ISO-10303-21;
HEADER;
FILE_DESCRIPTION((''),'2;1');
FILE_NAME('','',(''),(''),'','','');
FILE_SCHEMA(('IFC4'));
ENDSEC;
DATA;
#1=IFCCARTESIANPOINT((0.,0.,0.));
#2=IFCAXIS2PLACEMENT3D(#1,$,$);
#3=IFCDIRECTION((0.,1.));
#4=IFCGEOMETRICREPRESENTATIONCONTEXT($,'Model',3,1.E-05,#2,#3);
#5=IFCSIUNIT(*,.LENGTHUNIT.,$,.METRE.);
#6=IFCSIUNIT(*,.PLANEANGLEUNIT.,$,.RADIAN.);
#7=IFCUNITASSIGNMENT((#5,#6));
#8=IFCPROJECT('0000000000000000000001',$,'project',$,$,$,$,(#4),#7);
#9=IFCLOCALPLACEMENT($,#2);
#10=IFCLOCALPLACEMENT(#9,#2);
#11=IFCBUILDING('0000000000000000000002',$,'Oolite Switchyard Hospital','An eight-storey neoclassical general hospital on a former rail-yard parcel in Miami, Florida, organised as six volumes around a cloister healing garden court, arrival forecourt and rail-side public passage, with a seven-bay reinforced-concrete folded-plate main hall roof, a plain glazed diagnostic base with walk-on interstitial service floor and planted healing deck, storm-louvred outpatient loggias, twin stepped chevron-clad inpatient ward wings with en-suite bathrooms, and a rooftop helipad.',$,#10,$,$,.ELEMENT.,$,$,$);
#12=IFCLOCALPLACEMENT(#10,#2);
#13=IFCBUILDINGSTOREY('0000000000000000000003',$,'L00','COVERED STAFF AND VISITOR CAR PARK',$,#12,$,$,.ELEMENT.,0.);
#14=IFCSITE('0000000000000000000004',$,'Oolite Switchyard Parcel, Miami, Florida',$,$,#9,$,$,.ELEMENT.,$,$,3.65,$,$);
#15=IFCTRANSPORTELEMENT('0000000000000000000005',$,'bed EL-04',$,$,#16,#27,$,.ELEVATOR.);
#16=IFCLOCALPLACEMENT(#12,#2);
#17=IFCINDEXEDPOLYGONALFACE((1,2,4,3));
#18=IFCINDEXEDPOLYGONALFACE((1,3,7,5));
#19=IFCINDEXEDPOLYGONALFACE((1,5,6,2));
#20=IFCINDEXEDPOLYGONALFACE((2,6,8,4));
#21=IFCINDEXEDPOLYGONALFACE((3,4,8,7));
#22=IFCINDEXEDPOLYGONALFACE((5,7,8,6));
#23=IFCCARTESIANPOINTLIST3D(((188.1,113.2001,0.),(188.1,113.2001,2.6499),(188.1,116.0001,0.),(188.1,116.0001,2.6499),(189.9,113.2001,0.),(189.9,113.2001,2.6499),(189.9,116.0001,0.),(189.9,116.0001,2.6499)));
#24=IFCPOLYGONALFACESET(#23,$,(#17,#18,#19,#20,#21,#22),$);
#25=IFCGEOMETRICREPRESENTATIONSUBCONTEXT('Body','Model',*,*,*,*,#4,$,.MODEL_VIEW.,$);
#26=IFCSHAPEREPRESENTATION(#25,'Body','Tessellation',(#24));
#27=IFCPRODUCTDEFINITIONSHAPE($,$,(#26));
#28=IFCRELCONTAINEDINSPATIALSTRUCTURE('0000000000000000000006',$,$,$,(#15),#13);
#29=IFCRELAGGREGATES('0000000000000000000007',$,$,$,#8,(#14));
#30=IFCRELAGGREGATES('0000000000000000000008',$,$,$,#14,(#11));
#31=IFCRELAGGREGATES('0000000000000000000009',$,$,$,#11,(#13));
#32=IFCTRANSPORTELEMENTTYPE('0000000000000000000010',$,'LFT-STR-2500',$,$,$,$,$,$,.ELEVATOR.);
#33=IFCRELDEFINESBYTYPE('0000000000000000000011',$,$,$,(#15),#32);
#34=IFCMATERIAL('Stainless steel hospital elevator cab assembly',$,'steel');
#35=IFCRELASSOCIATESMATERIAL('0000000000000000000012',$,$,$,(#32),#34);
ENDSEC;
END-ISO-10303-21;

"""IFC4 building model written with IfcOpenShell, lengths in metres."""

from ifc_helpers import new_model, si_unit, direction, frame, origin, origin_2d, place, context, subcontext, project, spatial, rectangle, extrude, material, type_object, element, save


model = new_model("IFC4")

# Units and contexts
model_context = context("Model", 3, precision=1e-05, world=origin(), true_north=direction((0.0, 1.0)))
body_context = subcontext(model_context, "Body", "Model", "MODEL_VIEW")
ifc_project = project(units=[si_unit("LENGTHUNIT", "METRE"), si_unit("PLANEANGLEUNIT", "RADIAN")], contexts=[model_context])

# Site, building, storey
site_placement = place(None, origin())
site = spatial("IfcSite", under=ifc_project, at=site_placement, Name="Oolite Switchyard Parcel, Miami, Florida", CompositionType="ELEMENT", RefElevation=3.65)
building_placement = place(site_placement, origin())
building = spatial("IfcBuilding", under=site, at=building_placement, Name="Oolite Switchyard Hospital", Description="An eight-storey neoclassical general hospital on a former rail-yard parcel in Miami, Florida, organised as six volumes around a cloister healing garden court, arrival forecourt and rail-side public passage, with a seven-bay reinforced-concrete folded-plate main hall roof, a plain glazed diagnostic base with walk-on interstitial service floor and planted healing deck, storm-louvred outpatient loggias, twin stepped chevron-clad inpatient ward wings with en-suite bathrooms, and a rooftop helipad.", CompositionType="ELEMENT")
storey_placement = place(building_placement, origin())
storey = spatial("IfcBuildingStorey", under=building, at=storey_placement, Name="L00", Description="COVERED STAFF AND VISITOR CAR PARK", CompositionType="ELEMENT", Elevation=0.0)

# Transport element
ifc_material_1 = material(Name="Stainless steel hospital elevator cab assembly", Category="steel")
transport_element_type = type_object("IfcTransportElementType", Name="LFT-STR-2500", PredefinedType="ELEVATOR", material=ifc_material_1)
for number, where, z_axis, x_axis, name in (
    (1, (189.0, 114.6001, 0.0), (0.0, 0.0, 1.0), (1.0, 0.0, 0.0), "bed EL-04"),
):
    element("IfcTransportElement", number, at=place(storey_placement, frame(where, z_axis=z_axis, x_axis=x_axis)), inside=storey, type_object=transport_element_type, Name=name, PredefinedType="ELEVATOR", context=body_context, shape_type="SweptSolid", body=[
        extrude(rectangle(XDim=1.8, YDim=2.8, at=origin_2d()), origin(), (0.0, 0.0, 1.0), 2.6499),
    ])

save(model, "model.ifc")
